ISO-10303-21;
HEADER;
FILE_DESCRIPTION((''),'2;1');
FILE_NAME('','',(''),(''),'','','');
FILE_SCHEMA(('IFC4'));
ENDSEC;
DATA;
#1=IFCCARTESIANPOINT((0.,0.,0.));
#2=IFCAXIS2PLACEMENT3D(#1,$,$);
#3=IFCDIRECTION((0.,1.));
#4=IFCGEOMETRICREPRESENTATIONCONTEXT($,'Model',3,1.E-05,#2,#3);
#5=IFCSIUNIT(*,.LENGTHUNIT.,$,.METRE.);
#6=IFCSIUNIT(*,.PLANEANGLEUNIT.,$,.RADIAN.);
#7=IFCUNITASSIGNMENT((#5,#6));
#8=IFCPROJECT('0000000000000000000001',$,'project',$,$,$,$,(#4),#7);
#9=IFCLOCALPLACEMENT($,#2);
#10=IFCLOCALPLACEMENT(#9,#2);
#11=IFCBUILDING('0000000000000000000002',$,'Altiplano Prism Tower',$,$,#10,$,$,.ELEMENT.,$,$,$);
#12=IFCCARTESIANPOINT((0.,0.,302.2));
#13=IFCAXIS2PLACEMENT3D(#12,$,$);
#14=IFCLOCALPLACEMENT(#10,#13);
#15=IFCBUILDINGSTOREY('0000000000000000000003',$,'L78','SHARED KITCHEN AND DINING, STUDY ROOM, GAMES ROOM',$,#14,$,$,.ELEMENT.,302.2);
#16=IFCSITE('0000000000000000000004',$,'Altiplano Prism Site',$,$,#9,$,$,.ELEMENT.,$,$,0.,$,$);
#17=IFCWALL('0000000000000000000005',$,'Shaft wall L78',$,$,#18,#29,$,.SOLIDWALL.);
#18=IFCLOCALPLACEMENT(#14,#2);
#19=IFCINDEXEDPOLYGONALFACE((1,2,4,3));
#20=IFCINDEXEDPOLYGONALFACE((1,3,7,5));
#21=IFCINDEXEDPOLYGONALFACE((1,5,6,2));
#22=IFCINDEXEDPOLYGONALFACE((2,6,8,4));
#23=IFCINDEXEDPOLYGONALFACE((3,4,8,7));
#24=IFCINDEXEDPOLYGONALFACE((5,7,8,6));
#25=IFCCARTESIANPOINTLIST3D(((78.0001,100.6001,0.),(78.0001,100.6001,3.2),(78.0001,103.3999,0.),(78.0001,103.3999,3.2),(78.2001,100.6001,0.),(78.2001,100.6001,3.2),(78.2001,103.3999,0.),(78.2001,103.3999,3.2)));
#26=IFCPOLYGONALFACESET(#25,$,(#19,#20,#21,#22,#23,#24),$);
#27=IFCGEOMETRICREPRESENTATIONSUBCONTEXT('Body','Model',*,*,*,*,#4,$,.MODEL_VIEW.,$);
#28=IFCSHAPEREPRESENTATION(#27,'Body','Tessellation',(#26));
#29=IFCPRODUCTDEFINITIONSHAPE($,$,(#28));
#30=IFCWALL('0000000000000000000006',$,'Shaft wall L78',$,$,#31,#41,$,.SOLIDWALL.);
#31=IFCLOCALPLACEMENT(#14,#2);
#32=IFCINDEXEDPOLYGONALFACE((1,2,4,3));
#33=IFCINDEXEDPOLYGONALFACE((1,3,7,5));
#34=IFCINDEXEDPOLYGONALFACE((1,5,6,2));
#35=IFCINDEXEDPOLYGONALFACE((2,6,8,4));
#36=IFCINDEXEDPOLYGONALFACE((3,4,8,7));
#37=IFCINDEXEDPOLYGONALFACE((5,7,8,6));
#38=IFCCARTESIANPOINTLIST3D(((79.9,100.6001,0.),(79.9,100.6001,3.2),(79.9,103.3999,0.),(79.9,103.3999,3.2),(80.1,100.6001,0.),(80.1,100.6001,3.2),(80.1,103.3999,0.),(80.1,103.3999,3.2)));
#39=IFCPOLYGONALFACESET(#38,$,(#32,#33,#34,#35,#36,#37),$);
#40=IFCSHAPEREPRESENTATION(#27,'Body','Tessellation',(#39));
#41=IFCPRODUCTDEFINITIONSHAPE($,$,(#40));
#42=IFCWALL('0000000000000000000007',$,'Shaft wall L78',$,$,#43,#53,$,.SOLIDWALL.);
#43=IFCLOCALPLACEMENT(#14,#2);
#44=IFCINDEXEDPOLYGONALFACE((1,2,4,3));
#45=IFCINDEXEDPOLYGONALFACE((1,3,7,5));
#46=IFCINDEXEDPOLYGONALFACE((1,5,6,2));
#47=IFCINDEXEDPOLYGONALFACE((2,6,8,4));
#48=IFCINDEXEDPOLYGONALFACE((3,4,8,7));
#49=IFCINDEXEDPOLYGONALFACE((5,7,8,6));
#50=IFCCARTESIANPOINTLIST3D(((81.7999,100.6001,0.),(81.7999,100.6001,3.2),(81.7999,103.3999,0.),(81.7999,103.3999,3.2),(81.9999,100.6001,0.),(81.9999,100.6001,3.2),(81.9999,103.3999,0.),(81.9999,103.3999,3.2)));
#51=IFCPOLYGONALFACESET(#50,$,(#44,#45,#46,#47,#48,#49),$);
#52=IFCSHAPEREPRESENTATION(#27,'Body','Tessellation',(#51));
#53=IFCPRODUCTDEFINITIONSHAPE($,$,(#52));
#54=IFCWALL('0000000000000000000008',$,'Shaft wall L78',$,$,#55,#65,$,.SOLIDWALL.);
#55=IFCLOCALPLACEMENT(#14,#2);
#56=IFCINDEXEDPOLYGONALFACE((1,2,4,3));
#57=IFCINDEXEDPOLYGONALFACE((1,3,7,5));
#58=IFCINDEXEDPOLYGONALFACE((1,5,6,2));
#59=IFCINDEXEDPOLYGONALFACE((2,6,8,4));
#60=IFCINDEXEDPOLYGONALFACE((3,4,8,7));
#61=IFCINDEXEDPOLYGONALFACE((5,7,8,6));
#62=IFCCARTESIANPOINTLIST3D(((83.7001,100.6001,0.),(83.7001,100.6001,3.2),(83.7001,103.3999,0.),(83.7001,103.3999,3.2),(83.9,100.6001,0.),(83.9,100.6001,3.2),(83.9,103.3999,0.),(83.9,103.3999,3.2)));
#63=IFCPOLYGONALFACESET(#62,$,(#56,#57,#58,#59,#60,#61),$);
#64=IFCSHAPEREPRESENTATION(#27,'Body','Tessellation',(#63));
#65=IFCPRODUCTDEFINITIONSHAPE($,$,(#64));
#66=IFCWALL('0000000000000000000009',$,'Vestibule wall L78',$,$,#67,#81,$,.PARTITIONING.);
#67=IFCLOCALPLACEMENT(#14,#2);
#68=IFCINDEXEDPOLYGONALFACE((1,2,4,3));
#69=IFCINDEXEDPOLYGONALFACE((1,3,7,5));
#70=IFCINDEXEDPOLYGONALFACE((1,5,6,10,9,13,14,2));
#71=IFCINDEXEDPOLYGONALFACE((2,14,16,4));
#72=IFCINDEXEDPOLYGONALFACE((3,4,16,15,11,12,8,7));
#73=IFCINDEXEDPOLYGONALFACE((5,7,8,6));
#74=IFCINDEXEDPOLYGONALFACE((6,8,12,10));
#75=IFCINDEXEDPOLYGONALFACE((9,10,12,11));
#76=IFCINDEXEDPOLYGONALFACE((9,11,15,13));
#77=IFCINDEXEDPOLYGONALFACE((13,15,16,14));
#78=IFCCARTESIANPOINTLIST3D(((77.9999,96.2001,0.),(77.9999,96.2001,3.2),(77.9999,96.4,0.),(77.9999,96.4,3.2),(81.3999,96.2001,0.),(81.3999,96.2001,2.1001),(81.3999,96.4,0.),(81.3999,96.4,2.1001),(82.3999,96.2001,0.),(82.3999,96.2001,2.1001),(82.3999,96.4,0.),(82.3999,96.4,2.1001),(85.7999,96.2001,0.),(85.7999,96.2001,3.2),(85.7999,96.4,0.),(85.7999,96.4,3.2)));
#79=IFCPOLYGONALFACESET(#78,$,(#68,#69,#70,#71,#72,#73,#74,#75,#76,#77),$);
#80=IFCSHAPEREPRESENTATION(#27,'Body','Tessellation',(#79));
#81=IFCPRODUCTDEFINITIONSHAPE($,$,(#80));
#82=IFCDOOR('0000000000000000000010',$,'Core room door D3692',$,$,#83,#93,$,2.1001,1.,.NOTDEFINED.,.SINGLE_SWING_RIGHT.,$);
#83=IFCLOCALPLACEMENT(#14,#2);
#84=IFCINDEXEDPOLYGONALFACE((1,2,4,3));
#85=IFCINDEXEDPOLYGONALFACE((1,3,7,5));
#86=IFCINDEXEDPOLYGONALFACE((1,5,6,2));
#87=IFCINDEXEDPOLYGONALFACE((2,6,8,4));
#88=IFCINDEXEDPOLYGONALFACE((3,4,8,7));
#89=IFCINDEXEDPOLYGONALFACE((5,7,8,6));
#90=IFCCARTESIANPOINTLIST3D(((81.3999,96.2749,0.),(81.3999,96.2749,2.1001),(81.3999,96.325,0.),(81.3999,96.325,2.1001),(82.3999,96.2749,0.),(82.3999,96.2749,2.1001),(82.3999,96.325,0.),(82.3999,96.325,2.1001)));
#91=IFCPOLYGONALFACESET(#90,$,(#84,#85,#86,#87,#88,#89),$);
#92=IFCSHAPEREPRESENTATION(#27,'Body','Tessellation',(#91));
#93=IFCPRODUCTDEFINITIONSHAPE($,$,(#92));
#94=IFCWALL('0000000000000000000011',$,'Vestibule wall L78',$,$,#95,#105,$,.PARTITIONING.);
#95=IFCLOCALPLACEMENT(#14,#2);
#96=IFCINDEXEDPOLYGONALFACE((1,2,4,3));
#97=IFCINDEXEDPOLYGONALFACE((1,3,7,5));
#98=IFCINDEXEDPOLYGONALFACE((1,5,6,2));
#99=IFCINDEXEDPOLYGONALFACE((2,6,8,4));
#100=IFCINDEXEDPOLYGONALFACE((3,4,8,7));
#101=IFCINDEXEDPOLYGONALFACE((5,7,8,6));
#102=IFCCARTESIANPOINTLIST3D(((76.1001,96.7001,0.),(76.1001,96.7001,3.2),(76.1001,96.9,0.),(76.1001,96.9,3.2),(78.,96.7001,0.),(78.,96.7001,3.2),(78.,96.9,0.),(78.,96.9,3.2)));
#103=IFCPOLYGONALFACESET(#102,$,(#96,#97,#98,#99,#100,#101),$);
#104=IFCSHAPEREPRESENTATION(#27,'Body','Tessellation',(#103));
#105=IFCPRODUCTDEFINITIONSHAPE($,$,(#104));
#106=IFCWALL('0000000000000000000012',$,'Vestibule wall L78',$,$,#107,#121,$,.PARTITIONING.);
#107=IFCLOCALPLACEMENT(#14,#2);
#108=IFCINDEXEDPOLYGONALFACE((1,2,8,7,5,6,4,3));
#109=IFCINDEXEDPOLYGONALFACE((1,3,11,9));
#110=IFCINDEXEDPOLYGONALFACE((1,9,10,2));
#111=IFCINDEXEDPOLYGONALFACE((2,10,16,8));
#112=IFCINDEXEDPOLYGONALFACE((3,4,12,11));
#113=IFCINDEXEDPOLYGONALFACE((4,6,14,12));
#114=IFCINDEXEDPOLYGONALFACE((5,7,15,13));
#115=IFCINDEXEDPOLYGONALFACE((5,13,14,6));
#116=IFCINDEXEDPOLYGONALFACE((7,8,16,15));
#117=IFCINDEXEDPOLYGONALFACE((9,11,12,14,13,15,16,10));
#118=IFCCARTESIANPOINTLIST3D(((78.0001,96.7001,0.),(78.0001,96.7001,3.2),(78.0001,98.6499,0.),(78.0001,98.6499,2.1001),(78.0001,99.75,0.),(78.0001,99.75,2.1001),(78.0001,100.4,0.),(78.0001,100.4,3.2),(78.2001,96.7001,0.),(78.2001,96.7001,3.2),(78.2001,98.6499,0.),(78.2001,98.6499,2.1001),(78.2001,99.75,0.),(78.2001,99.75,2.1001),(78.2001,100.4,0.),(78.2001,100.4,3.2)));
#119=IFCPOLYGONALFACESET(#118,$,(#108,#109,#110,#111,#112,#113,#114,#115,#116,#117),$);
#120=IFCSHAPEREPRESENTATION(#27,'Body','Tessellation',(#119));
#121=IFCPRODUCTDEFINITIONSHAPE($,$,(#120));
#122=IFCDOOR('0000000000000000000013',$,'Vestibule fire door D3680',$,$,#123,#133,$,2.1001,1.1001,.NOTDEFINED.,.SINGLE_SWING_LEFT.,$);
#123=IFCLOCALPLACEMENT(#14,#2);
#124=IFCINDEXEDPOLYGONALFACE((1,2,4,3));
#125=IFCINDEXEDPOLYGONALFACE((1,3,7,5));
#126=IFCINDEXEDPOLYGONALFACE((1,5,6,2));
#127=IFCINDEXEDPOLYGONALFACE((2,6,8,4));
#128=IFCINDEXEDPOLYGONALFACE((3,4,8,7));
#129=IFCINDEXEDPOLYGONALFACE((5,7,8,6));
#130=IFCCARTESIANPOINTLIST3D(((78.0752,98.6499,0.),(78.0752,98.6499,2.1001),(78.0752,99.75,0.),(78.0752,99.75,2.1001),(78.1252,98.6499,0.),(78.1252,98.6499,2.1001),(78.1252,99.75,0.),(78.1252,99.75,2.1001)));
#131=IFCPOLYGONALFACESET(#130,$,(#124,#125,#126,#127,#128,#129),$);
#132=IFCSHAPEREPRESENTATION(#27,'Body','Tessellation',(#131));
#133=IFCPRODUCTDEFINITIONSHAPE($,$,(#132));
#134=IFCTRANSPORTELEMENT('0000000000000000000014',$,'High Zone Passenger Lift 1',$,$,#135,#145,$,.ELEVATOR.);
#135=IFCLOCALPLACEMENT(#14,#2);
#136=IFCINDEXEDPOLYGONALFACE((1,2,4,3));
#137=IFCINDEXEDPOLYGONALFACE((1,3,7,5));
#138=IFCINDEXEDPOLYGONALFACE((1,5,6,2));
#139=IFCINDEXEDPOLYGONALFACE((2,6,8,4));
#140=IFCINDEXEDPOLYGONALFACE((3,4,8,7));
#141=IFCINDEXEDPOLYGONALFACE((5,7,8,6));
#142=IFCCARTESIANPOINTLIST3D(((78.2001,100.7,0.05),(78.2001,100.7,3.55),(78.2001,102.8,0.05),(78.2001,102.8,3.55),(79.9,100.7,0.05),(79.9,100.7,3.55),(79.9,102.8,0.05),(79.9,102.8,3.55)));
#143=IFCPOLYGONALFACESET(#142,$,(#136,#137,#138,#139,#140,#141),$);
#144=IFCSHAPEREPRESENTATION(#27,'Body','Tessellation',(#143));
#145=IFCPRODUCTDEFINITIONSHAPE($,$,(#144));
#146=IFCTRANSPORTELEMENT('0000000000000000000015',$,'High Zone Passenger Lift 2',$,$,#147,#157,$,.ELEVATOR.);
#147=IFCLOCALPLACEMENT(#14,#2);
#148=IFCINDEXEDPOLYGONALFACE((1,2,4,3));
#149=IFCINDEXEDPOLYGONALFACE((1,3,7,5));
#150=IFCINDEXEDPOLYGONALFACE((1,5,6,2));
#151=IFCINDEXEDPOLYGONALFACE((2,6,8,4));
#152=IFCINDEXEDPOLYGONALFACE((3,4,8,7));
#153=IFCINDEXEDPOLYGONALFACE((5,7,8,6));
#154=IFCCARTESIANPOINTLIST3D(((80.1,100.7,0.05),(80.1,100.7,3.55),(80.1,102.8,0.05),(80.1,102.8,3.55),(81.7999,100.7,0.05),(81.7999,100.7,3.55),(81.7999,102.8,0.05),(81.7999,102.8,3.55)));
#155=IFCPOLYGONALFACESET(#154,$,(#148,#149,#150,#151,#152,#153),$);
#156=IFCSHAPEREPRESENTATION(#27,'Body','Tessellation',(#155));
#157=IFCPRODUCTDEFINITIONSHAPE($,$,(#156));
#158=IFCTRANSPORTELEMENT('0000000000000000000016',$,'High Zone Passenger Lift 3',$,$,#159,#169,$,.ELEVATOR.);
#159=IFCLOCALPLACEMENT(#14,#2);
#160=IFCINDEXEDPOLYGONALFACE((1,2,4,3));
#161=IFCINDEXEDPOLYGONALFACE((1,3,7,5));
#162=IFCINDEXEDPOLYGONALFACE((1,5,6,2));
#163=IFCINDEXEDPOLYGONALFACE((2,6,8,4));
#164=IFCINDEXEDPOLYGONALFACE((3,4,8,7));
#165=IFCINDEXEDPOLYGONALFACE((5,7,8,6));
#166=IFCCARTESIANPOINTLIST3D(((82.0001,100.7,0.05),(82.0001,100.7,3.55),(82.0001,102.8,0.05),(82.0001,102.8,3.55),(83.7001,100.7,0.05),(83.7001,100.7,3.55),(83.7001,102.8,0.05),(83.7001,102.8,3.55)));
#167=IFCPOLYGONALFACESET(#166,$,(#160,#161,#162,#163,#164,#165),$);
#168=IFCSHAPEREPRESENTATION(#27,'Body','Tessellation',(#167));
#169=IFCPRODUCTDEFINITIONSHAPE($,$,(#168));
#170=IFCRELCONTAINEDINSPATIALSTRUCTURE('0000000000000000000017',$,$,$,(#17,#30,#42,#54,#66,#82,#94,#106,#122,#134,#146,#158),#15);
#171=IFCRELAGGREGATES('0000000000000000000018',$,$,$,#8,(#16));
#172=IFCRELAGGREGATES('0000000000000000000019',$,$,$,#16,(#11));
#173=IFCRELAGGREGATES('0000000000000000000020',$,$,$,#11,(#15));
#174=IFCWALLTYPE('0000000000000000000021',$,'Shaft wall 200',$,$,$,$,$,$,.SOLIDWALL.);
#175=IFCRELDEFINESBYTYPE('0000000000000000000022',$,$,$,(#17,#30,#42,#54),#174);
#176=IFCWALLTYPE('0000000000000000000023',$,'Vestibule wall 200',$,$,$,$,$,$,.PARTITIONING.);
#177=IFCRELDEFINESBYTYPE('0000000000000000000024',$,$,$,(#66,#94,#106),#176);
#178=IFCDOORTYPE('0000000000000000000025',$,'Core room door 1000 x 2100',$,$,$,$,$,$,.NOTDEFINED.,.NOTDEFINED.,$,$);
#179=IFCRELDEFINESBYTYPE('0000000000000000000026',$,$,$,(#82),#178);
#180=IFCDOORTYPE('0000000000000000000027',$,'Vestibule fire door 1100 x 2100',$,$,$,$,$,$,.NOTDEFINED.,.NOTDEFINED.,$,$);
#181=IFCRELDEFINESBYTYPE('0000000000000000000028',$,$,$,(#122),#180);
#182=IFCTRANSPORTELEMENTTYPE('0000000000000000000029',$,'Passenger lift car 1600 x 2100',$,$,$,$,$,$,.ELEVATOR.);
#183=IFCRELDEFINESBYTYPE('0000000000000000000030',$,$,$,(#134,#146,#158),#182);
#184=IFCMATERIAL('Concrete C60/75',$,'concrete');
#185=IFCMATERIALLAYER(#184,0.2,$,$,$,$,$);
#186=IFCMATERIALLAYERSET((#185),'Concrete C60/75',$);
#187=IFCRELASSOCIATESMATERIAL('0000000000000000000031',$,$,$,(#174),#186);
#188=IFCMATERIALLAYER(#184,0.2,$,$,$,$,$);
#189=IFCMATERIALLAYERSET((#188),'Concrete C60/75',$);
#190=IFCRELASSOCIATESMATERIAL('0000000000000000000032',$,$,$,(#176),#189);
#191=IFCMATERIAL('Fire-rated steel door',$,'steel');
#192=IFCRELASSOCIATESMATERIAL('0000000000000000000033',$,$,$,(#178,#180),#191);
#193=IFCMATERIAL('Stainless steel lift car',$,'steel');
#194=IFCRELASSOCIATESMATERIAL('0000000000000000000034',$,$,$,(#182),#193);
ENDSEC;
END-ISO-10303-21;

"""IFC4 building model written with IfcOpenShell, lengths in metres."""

from ifc_helpers import new_model, si_unit, direction, frame, frame_2d, origin, origin_2d, place, context, subcontext, project, spatial, rectangle, extrude, material, layer, layer_set, type_object, element, fill, save


model = new_model("IFC4")

# Units and contexts
model_context = context("Model", 3, precision=1e-05, world=origin(), true_north=direction((0.0, 1.0)))
body_context = subcontext(model_context, "Body", "Model", "MODEL_VIEW")
ifc_project = project(units=[si_unit("LENGTHUNIT", "METRE"), si_unit("PLANEANGLEUNIT", "RADIAN")], contexts=[model_context])

# Site, building, storey
site_placement = place(None, origin())
site = spatial("IfcSite", under=ifc_project, at=site_placement, Name="Altiplano Prism Site", CompositionType="ELEMENT", RefElevation=0.0)
building_placement = place(site_placement, origin())
building = spatial("IfcBuilding", under=site, at=building_placement, Name="Altiplano Prism Tower", CompositionType="ELEMENT")
storey_placement = place(building_placement, frame((0.0, 0.0, 302.2)))
storey = spatial("IfcBuildingStorey", under=building, at=storey_placement, Name="L78", Description="SHARED KITCHEN AND DINING, STUDY ROOM, GAMES ROOM", CompositionType="ELEMENT", Elevation=302.2)

# Walls
ifc_material_1 = material(Name="Concrete C60/75", Category="concrete")
ifc_layer_1 = layer(ifc_material_1, 0.2)
ifc_layer_set_1 = layer_set([ifc_layer_1], Name="Concrete C60/75")
wall_type_1 = type_object("IfcWallType", Name="Shaft wall 200", PredefinedType="SOLIDWALL", material=ifc_layer_set_1)
for number, where, z_axis, x_axis, name in (
    (1, (78.1001, 100.6001, 0.0), (0.0, 0.0, 1.0), (0.0, 1.0, 0.0), "Shaft wall L78"),
    (2, (80.0, 100.6001, 0.0), (0.0, 0.0, 1.0), (0.0, 1.0, 0.0), "Shaft wall L78"),
    (3, (81.8999, 100.6001, 0.0), (0.0, 0.0, 1.0), (0.0, 1.0, 0.0), "Shaft wall L78"),
    (4, (83.8, 100.6001, 0.0), (0.0, 0.0, 1.0), (0.0, 1.0, 0.0), "Shaft wall L78"),
):
    element("IfcWall", number, at=place(storey_placement, frame(where, z_axis=z_axis, x_axis=x_axis)), inside=storey, type_object=wall_type_1, Name=name, PredefinedType="SOLIDWALL", context=body_context, shape_type="SweptSolid", body=[
        extrude(rectangle(XDim=2.7998, YDim=0.2, at=frame_2d((1.3999, 0.0))), origin(), (0.0, 0.0, 1.0), 3.2),
    ])

# Wall, opening, door
ifc_layer_2 = layer(ifc_material_1, 0.2)
ifc_layer_set_2 = layer_set([ifc_layer_2], Name="Concrete C60/75")
wall_type_2 = type_object("IfcWallType", Name="Vestibule wall 200", PredefinedType="PARTITIONING", material=ifc_layer_set_2)
wall_1_placement = place(storey_placement, frame((78.0, 96.3, 0.0), z_axis=(0.0, 0.0, 1.0), x_axis=(1.0, 0.0, 0.0)))
wall_1 = element("IfcWall", 5, at=wall_1_placement, inside=storey, type_object=wall_type_2, Name="Vestibule wall L78", PredefinedType="PARTITIONING", context=body_context, shape_type="SweptSolid", body=[
    extrude(rectangle(XDim=7.8, YDim=0.2, at=frame_2d((3.8999, 0.0))), origin(), (0.0, 0.0, 1.0), 3.2),
])
opening_1_placement = place(wall_1_placement, frame((3.3999, 0.0, 0.0)))
opening_1 = element("IfcOpeningElement", 6, at=opening_1_placement, cuts=wall_1, PredefinedType="OPENING", context=body_context, shape_type="SweptSolid", body=[
    extrude(rectangle(XDim=1.0, YDim=2.1001, at=frame_2d((0.5, 1.05))), frame((0.0, 0.1104, 0.0), z_axis=(0.0, -1.0, 0.0), x_axis=(1.0, 0.0, 0.0)), (0.0, 0.0, 1.0), 0.2209),
])
ifc_material_2 = material(Name="Fire-rated steel door", Category="steel")
door_type_1 = type_object("IfcDoorType", Name="Core room door 1000 x 2100", OperationType="NOTDEFINED", PredefinedType="NOTDEFINED", material=ifc_material_2)
door_1_placement = place(opening_1_placement, origin())
door_1 = element("IfcDoor", 7, at=door_1_placement, inside=storey, type_object=door_type_1, Name="Core room door D3692", OperationType="SINGLE_SWING_RIGHT", OverallHeight=2.1001, OverallWidth=1.0, PredefinedType="NOTDEFINED", context=body_context, shape_type="SweptSolid", body=[
    extrude(rectangle(XDim=1.0, YDim=2.1001, at=frame_2d((0.5, 1.05))), frame((0.0, 0.0249, 0.0), z_axis=(0.0, -1.0, 0.0), x_axis=(1.0, 0.0, 0.0)), (0.0, 0.0, 1.0), 0.05),
])
fill(opening_1, door_1)

# Wall
wall_2_placement = place(storey_placement, frame((76.1001, 96.8, 0.0), z_axis=(0.0, 0.0, 1.0), x_axis=(1.0, 0.0, 0.0)))
element("IfcWall", 8, at=wall_2_placement, inside=storey, type_object=wall_type_2, Name="Vestibule wall L78", PredefinedType="PARTITIONING", context=body_context, shape_type="SweptSolid", body=[
    extrude(rectangle(XDim=1.8999, YDim=0.2, at=frame_2d((0.95, 0.0))), origin(), (0.0, 0.0, 1.0), 3.2),
])

# Wall, opening, door
wall_3_placement = place(storey_placement, frame((78.1001, 96.7, 0.0), z_axis=(0.0, 0.0, 1.0), x_axis=(0.0, 1.0, 0.0)))
wall_3 = element("IfcWall", 9, at=wall_3_placement, inside=storey, type_object=wall_type_2, Name="Vestibule wall L78", PredefinedType="PARTITIONING", context=body_context, shape_type="SweptSolid", body=[
    extrude(rectangle(XDim=3.7, YDim=0.2, at=frame_2d((1.8501, 0.0))), origin(), (0.0, 0.0, 1.0), 3.2),
])
opening_2_placement = place(wall_3_placement, frame((1.95, 0.0, 0.0)))
opening_2 = element("IfcOpeningElement", 10, at=opening_2_placement, cuts=wall_3, PredefinedType="OPENING", context=body_context, shape_type="SweptSolid", body=[
    extrude(rectangle(XDim=1.1001, YDim=2.1001, at=frame_2d((0.55, 1.05))), frame((0.0, 0.1104, 0.0), z_axis=(0.0, -1.0, 0.0), x_axis=(1.0, 0.0, 0.0)), (0.0, 0.0, 1.0), 0.2209),
])
door_type_2 = type_object("IfcDoorType", Name="Vestibule fire door 1100 x 2100", OperationType="NOTDEFINED", PredefinedType="NOTDEFINED", material=ifc_material_2)
door_2_placement = place(opening_2_placement, origin())
door_2 = element("IfcDoor", 11, at=door_2_placement, inside=storey, type_object=door_type_2, Name="Vestibule fire door D3680", OperationType="SINGLE_SWING_LEFT", OverallHeight=2.1001, OverallWidth=1.1001, PredefinedType="NOTDEFINED", context=body_context, shape_type="SweptSolid", body=[
    extrude(rectangle(XDim=1.1001, YDim=2.1001, at=frame_2d((0.55, 1.05))), frame((0.0, 0.0249, 0.0), z_axis=(0.0, -1.0, 0.0), x_axis=(1.0, 0.0, 0.0)), (0.0, 0.0, 1.0), 0.05),
])
fill(opening_2, door_2)

# Transport elements
ifc_material_3 = material(Name="Stainless steel lift car", Category="steel")
transport_element_type = type_object("IfcTransportElementType", Name="Passenger lift car 1600 x 2100", PredefinedType="ELEVATOR", material=ifc_material_3)
for number, where, z_axis, x_axis, name in (
    (12, (79.05, 101.75, 0.05), (0.0, 0.0, 1.0), (1.0, 0.0, 0.0), "High Zone Passenger Lift 1"),
    (13, (80.95, 101.75, 0.05), (0.0, 0.0, 1.0), (1.0, 0.0, 0.0), "High Zone Passenger Lift 2"),
    (14, (82.8501, 101.75, 0.05), (0.0, 0.0, 1.0), (1.0, 0.0, 0.0), "High Zone Passenger Lift 3"),
):
    element("IfcTransportElement", number, at=place(storey_placement, frame(where, z_axis=z_axis, x_axis=x_axis)), inside=storey, type_object=transport_element_type, Name=name, PredefinedType="ELEVATOR", context=body_context, shape_type="SweptSolid", body=[
        extrude(rectangle(XDim=1.7, YDim=2.1001, at=origin_2d()), origin(), (0.0, 0.0, 1.0), 3.5),
    ])

save(model, "model.ifc")
